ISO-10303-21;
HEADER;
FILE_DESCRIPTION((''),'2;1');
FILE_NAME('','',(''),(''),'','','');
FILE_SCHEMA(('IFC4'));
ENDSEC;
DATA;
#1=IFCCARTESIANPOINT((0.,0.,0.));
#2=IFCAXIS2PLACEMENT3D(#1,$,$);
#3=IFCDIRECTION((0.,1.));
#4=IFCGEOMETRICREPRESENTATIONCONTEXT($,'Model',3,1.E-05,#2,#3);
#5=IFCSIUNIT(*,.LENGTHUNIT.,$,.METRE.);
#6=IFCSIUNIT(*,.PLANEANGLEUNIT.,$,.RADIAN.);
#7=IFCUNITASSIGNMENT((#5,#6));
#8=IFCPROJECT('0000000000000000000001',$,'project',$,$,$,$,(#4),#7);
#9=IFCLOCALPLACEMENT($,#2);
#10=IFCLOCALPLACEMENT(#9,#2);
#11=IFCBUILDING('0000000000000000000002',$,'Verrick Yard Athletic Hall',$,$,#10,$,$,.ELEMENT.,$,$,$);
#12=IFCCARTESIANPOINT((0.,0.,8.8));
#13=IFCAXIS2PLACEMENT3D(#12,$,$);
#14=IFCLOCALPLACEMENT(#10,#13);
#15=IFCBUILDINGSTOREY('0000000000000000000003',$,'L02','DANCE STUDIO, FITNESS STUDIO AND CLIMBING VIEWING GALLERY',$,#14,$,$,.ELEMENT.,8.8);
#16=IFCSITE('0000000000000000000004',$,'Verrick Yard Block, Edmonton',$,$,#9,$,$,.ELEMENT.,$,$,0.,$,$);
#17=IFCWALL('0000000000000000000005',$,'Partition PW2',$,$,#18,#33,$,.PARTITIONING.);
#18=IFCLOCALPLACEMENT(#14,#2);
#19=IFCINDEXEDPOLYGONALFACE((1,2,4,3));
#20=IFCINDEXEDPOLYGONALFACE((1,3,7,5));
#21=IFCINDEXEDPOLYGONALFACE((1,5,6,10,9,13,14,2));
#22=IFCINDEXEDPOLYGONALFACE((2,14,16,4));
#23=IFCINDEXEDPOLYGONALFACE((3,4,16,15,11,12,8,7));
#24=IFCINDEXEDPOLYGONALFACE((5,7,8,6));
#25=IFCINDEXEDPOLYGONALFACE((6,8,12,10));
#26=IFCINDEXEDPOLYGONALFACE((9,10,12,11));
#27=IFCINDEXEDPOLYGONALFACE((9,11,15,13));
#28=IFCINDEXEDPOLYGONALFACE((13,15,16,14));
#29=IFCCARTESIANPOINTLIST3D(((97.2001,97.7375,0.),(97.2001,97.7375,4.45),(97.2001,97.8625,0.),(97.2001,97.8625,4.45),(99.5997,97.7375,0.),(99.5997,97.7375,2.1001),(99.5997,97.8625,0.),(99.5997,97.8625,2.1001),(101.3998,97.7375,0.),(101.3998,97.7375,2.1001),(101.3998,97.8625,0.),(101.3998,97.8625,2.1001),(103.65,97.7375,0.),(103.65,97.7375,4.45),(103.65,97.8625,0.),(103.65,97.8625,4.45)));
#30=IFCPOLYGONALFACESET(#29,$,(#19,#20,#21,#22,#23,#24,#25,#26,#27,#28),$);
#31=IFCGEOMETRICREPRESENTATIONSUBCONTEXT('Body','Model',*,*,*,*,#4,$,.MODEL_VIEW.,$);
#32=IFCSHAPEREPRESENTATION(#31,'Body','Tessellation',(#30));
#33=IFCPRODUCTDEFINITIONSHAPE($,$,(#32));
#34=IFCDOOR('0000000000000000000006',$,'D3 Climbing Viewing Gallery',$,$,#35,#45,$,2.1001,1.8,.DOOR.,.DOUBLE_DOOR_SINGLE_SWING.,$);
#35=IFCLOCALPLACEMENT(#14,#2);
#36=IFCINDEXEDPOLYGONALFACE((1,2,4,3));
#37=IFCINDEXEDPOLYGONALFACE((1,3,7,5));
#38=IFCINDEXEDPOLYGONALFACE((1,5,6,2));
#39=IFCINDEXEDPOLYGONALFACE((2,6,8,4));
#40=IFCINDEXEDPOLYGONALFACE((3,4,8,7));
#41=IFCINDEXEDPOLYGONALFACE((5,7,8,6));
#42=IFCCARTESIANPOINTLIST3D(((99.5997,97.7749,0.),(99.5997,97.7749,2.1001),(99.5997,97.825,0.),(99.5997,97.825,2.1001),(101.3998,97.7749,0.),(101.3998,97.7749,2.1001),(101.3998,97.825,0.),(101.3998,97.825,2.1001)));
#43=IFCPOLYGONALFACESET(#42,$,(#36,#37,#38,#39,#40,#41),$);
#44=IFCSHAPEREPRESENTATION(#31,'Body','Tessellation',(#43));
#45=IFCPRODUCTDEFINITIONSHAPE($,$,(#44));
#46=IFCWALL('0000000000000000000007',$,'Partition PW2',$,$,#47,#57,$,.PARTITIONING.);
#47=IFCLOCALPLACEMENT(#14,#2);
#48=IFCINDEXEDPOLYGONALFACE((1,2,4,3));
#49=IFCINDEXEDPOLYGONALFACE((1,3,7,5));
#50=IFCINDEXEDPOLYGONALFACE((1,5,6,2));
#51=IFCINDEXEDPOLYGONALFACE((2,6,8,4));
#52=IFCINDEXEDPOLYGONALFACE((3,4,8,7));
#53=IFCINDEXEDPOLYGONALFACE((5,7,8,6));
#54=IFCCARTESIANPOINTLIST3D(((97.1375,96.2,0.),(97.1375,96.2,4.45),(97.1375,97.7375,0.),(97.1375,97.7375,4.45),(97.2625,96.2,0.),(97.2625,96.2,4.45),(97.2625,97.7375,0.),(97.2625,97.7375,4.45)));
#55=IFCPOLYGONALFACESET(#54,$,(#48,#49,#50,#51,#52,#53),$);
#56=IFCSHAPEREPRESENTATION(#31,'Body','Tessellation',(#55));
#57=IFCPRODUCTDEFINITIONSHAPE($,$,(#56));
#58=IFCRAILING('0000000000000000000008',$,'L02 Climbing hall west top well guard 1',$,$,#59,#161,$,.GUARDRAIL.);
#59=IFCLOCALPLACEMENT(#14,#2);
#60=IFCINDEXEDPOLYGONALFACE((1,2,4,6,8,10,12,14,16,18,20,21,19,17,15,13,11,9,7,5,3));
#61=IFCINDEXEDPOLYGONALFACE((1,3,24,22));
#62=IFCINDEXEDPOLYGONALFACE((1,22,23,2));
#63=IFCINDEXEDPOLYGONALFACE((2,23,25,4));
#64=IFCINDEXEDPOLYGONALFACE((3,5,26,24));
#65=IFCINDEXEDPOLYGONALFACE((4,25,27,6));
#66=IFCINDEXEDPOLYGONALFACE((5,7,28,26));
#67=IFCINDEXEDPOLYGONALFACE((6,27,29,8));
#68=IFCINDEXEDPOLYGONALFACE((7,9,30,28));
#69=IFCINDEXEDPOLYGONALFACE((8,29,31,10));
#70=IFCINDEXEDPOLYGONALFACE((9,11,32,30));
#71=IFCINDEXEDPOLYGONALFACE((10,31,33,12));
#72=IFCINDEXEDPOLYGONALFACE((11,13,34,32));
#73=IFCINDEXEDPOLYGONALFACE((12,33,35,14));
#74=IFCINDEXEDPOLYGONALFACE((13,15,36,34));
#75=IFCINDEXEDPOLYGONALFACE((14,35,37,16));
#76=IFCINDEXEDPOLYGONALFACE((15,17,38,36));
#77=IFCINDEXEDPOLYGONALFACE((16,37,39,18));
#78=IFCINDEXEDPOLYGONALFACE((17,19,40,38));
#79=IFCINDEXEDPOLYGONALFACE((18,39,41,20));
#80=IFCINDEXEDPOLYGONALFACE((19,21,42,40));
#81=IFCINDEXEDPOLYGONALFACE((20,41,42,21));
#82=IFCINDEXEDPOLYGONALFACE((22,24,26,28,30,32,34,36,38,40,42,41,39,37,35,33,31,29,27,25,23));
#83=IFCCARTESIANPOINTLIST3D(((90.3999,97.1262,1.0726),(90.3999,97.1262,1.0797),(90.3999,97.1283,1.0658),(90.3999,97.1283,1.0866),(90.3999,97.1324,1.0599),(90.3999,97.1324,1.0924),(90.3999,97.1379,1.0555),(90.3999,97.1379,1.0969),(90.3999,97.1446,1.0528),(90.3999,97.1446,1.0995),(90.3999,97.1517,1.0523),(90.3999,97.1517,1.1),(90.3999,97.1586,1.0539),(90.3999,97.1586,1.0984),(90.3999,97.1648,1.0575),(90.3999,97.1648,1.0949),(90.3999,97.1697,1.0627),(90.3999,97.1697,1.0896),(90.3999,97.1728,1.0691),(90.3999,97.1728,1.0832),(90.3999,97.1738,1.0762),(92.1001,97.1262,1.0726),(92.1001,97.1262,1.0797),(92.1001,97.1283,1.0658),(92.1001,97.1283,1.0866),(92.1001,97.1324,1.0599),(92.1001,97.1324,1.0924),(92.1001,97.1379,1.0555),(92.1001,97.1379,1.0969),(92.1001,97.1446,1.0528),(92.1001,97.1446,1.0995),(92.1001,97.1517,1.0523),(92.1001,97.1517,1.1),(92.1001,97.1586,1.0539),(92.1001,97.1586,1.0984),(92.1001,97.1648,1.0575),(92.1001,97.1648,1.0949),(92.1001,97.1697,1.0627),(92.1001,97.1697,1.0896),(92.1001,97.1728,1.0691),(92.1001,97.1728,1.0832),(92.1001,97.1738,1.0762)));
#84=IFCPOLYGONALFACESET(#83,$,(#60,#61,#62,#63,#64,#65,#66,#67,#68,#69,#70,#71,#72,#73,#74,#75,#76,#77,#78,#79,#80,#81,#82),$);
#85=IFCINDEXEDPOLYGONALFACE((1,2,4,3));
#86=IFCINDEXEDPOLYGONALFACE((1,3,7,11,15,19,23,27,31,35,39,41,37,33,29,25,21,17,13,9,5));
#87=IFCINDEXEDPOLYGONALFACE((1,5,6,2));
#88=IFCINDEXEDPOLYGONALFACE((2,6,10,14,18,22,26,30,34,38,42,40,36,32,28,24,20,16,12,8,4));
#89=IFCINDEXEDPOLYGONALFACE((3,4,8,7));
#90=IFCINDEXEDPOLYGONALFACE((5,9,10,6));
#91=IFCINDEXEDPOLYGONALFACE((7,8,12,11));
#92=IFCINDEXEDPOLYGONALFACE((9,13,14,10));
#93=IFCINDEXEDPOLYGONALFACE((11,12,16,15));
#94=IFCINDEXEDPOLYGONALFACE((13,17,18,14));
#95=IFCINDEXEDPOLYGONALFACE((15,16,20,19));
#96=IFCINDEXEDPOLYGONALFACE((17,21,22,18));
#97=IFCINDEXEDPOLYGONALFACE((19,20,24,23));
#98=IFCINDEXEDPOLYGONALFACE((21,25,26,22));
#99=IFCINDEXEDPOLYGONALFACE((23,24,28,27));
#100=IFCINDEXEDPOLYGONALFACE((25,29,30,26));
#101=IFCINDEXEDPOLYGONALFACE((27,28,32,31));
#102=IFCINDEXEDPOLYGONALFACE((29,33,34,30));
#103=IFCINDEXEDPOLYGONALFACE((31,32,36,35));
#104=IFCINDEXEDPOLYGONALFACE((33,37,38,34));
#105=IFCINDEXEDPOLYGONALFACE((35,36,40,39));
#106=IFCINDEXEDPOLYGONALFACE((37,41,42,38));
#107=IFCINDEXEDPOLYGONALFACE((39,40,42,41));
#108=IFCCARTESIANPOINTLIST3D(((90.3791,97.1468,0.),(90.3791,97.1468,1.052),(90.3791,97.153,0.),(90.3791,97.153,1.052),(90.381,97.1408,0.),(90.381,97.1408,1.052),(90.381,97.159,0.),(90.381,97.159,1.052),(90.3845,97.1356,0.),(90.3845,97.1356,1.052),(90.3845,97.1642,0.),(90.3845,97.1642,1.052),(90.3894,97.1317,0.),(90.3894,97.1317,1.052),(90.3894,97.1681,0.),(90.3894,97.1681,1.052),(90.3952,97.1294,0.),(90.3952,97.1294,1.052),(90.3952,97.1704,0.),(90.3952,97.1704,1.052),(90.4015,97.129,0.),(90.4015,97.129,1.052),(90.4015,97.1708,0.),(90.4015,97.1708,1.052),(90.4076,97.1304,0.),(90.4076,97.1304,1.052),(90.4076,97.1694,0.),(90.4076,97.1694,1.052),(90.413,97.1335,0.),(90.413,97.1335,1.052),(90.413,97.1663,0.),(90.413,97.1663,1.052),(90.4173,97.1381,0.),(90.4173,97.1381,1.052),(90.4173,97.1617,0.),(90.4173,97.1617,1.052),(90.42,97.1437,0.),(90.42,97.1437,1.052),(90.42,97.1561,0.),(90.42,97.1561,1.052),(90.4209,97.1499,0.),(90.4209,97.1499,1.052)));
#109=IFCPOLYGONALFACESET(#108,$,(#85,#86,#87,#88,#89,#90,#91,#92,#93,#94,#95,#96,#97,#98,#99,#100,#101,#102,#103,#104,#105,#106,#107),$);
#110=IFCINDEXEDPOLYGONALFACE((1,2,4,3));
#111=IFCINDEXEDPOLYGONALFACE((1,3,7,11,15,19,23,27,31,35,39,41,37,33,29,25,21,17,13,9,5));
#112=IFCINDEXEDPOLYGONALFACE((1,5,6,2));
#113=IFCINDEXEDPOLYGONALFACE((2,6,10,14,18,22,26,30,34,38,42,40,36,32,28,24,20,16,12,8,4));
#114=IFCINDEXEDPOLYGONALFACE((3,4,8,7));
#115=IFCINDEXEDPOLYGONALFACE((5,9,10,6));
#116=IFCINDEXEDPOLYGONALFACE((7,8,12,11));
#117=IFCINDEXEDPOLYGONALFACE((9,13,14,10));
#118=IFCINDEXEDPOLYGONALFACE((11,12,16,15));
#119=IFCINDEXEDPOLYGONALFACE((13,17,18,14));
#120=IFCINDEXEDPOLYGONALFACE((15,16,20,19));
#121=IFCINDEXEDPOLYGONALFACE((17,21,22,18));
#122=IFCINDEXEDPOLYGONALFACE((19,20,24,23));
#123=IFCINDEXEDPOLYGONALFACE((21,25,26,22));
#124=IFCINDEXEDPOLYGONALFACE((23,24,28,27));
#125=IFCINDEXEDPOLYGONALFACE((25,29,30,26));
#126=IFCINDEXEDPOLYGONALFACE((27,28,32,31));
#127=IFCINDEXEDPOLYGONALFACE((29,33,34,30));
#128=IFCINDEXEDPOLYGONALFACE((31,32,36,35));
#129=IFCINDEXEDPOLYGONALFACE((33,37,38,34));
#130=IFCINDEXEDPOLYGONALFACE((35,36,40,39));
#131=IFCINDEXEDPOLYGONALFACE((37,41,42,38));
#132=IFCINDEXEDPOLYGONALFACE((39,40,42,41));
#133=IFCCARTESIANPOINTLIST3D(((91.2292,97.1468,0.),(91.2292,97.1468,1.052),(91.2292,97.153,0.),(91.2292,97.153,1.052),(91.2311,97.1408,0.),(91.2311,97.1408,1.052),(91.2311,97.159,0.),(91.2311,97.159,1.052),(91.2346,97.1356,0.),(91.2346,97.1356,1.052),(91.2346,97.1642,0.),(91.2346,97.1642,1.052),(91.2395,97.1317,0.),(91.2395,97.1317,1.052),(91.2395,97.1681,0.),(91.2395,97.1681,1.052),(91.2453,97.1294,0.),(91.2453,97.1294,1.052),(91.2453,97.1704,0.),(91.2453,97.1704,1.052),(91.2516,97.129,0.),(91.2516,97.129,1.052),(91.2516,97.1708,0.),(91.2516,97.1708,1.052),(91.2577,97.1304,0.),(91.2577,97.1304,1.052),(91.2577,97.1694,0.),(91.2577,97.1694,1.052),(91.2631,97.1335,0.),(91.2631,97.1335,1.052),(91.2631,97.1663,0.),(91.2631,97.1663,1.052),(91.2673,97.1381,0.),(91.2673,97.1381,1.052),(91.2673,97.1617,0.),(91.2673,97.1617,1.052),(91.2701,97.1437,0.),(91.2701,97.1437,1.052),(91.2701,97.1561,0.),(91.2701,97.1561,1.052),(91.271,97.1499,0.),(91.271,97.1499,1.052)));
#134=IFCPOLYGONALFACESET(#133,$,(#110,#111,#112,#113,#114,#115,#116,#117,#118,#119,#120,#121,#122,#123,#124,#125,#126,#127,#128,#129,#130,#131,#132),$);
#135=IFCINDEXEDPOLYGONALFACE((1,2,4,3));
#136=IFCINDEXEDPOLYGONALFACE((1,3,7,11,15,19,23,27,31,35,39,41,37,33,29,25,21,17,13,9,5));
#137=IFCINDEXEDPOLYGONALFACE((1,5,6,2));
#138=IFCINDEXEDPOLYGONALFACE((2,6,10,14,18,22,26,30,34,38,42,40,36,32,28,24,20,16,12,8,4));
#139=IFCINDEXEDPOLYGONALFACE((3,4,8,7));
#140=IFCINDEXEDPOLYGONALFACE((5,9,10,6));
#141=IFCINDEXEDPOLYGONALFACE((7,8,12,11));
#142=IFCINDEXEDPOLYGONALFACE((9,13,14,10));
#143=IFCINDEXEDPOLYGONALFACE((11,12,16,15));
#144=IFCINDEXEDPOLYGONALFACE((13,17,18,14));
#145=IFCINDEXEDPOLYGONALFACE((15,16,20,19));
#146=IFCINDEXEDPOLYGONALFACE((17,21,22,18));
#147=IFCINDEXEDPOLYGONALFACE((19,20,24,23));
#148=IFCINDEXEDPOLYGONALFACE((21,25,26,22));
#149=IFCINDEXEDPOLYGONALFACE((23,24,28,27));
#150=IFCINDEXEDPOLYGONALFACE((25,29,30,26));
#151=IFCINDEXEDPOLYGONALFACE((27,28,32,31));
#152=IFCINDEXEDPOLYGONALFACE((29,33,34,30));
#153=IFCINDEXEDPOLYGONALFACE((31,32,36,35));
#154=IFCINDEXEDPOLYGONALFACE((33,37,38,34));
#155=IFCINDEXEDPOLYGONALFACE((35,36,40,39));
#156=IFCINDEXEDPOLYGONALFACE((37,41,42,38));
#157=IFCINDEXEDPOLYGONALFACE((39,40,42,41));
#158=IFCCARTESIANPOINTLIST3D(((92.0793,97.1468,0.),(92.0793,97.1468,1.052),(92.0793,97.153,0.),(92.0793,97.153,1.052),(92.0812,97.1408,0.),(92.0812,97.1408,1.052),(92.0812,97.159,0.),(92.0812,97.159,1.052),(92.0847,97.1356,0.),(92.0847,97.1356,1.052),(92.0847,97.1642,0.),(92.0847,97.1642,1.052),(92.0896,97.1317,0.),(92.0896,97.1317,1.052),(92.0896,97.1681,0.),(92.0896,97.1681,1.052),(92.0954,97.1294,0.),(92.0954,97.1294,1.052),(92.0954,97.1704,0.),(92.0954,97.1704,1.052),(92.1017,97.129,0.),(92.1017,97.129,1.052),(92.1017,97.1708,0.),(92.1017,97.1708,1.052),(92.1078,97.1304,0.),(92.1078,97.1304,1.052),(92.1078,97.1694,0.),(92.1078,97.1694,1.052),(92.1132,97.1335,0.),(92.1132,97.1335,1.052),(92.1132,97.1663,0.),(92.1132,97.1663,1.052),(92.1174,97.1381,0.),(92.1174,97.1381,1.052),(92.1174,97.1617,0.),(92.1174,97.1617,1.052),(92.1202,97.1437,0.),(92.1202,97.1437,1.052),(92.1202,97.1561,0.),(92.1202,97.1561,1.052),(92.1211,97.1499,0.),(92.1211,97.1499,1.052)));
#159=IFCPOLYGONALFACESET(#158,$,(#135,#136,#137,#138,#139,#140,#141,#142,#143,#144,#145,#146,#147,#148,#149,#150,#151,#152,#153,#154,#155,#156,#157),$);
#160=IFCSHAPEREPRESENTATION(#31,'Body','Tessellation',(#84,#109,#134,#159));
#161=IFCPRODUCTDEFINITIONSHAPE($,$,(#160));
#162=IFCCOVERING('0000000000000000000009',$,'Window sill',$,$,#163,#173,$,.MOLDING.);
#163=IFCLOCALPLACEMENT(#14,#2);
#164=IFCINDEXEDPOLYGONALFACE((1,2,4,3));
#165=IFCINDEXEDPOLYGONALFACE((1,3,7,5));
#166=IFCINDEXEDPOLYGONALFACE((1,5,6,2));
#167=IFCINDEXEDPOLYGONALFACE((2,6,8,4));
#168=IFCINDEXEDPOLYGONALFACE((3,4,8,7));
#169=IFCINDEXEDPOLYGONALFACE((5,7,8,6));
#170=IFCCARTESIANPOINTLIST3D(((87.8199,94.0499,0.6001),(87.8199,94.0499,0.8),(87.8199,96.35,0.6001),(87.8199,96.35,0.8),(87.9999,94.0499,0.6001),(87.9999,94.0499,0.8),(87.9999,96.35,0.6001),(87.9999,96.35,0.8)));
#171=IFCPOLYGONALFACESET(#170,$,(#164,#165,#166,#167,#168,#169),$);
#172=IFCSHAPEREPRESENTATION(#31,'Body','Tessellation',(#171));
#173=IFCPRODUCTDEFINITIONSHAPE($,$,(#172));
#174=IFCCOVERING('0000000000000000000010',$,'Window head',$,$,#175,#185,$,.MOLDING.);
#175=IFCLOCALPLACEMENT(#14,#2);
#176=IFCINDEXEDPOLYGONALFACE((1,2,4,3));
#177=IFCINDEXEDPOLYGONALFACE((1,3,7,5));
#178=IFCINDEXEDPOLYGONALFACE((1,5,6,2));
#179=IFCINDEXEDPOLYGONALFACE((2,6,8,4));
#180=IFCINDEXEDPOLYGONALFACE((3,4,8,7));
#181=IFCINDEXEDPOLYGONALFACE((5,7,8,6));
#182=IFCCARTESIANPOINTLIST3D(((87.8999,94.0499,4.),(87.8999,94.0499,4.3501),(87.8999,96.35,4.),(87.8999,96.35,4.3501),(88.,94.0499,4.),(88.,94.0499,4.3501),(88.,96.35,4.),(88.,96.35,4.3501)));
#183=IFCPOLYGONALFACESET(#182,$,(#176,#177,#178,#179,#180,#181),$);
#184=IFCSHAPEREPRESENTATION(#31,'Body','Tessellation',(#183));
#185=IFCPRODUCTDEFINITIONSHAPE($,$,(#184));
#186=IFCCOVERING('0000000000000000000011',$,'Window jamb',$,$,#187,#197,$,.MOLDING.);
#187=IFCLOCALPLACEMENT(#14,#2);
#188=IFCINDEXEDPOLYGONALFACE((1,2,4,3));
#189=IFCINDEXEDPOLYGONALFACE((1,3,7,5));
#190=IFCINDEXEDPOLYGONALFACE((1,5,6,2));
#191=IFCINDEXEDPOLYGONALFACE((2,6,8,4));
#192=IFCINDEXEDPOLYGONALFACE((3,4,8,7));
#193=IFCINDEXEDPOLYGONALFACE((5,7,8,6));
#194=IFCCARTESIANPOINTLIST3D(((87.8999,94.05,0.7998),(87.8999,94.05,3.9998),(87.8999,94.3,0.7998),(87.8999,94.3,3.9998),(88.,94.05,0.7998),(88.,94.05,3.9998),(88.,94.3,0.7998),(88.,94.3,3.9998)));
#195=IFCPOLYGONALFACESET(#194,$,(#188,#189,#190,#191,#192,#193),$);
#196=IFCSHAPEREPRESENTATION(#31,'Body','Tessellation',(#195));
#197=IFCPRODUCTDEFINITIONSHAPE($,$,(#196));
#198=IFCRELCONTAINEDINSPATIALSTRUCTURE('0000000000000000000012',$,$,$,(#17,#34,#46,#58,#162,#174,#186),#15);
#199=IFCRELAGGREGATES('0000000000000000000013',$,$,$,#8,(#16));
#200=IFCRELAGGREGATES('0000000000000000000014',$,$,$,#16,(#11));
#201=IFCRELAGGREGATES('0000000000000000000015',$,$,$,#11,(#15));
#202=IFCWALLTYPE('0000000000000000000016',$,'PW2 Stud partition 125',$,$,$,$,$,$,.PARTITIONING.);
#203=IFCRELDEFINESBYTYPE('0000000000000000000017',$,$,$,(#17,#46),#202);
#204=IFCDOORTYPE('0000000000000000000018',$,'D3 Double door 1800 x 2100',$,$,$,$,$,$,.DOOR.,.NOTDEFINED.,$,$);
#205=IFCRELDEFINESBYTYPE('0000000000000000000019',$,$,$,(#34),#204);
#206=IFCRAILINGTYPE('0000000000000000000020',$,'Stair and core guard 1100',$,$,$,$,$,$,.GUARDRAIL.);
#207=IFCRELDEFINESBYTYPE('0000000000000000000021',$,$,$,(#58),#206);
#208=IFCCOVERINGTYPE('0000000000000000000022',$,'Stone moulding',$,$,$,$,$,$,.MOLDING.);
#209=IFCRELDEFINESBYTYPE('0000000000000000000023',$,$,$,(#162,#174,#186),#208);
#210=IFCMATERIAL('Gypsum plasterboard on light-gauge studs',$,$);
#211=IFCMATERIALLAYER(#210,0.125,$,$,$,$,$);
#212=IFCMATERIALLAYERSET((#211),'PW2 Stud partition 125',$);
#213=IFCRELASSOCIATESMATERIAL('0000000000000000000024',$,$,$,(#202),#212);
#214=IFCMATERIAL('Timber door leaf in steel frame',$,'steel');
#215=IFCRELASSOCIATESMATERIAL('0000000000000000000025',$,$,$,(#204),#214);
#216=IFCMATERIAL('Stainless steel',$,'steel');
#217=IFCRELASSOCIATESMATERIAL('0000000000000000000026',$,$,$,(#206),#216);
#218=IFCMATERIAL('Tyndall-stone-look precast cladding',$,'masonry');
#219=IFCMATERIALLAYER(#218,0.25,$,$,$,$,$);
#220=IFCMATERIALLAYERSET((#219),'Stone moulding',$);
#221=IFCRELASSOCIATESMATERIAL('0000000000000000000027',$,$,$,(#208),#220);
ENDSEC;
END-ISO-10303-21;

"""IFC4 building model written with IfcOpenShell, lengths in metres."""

from ifc_helpers import new_model, si_unit, direction, frame, frame_2d, origin, origin_2d, place, context, subcontext, project, spatial, rectangle, circle, extrude, material, layer, layer_set, type_object, element, fill, save


model = new_model("IFC4")

# Units and contexts
model_context = context("Model", 3, precision=1e-05, world=origin(), true_north=direction((0.0, 1.0)))
body_context = subcontext(model_context, "Body", "Model", "MODEL_VIEW")
ifc_project = project(units=[si_unit("LENGTHUNIT", "METRE"), si_unit("PLANEANGLEUNIT", "RADIAN")], contexts=[model_context])

# Site, building, storey
site_placement = place(None, origin())
site = spatial("IfcSite", under=ifc_project, at=site_placement, Name="Verrick Yard Block, Edmonton", CompositionType="ELEMENT", RefElevation=0.0)
building_placement = place(site_placement, origin())
building = spatial("IfcBuilding", under=site, at=building_placement, Name="Verrick Yard Athletic Hall", CompositionType="ELEMENT")
storey_placement = place(building_placement, frame((0.0, 0.0, 8.8)))
storey = spatial("IfcBuildingStorey", under=building, at=storey_placement, Name="L02", Description="DANCE STUDIO, FITNESS STUDIO AND CLIMBING VIEWING GALLERY", CompositionType="ELEMENT", Elevation=8.8)

# Wall, opening, door
ifc_material_1 = material(Name="Gypsum plasterboard on light-gauge studs")
ifc_layer_1 = layer(ifc_material_1, 0.125)
ifc_layer_set_1 = layer_set([ifc_layer_1], Name="PW2 Stud partition 125")
wall_type_1 = type_object("IfcWallType", Name="PW2 Stud partition 125", PredefinedType="PARTITIONING", material=ifc_layer_set_1)
wall_1_placement = place(storey_placement, frame((97.2, 97.8, 0.0), z_axis=(0.0, 0.0, 1.0), x_axis=(1.0, 0.0, 0.0)))
wall_1 = element("IfcWall", 1, at=wall_1_placement, inside=storey, type_object=wall_type_1, Name="Partition PW2", PredefinedType="PARTITIONING", context=body_context, shape_type="SweptSolid", body=[
    extrude(rectangle(XDim=6.45, YDim=0.125, at=frame_2d((3.2251, 0.0))), origin(), (0.0, 0.0, 1.0), 4.45),
])
opening_1_placement = place(wall_1_placement, frame((2.3999, 0.0, 0.0)))
opening_1 = element("IfcOpeningElement", 2, at=opening_1_placement, cuts=wall_1, PredefinedType="OPENING", context=body_context, shape_type="SweptSolid", body=[
    extrude(rectangle(XDim=1.8, YDim=2.1001, at=frame_2d((0.8999, 1.05))), frame((0.0, 0.0725, 0.0), z_axis=(0.0, -1.0, 0.0), x_axis=(1.0, 0.0, 0.0)), (0.0, 0.0, 1.0), 0.145),
])
ifc_material_2 = material(Name="Timber door leaf in steel frame", Category="steel")
door_type_1 = type_object("IfcDoorType", Name="D3 Double door 1800 x 2100", OperationType="NOTDEFINED", PredefinedType="DOOR", material=ifc_material_2)
door_1_placement = place(opening_1_placement, origin())
door_1 = element("IfcDoor", 3, at=door_1_placement, inside=storey, type_object=door_type_1, Name="D3 Climbing Viewing Gallery", OperationType="DOUBLE_DOOR_SINGLE_SWING", OverallHeight=2.1001, OverallWidth=1.8, PredefinedType="DOOR", context=body_context, shape_type="SweptSolid", body=[
    extrude(rectangle(XDim=1.8, YDim=2.1001, at=frame_2d((0.8999, 1.05))), frame((0.0, 0.0249, 0.0), z_axis=(0.0, -1.0, 0.0), x_axis=(1.0, 0.0, 0.0)), (0.0, 0.0, 1.0), 0.05),
])
fill(opening_1, door_1)

# Wall
wall_2_placement = place(storey_placement, frame((97.2, 96.2, 0.0), z_axis=(0.0, 0.0, 1.0), x_axis=(0.0, 1.0, 0.0)))
element("IfcWall", 4, at=wall_2_placement, inside=storey, type_object=wall_type_1, Name="Partition PW2", PredefinedType="PARTITIONING", context=body_context, shape_type="SweptSolid", body=[
    extrude(rectangle(XDim=1.5376, YDim=0.125, at=frame_2d((0.7688, 0.0))), origin(), (0.0, 0.0, 1.0), 4.45),
])

# Railing
ifc_material_3 = material(Name="Stainless steel", Category="steel")
railing_type = type_object("IfcRailingType", Name="Stair and core guard 1100", PredefinedType="GUARDRAIL", material=ifc_material_3)
railing_placement = place(storey_placement, frame((90.3999, 97.1499, 0.0)))
element("IfcRailing", 5, at=railing_placement, inside=storey, type_object=railing_type, Name="L02 Climbing hall west top well guard 1", PredefinedType="GUARDRAIL", context=body_context, shape_type="SweptSolid", body=[
    extrude(circle(Radius=0.0239, at=origin_2d()), frame((0.0, 0.0, 1.0762), z_axis=(1.0, 0.0, 0.0), x_axis=(0.0, 1.0, 0.0)), (0.0, 0.0, 1.0), 1.7002),
    extrude(circle(Radius=0.021, at=origin_2d()), origin(), (0.0, 0.0, 1.0), 1.052),
    extrude(circle(Radius=0.021, at=origin_2d()), frame((0.8501, 0.0, 0.0)), (0.0, 0.0, 1.0), 1.052),
    extrude(circle(Radius=0.021, at=origin_2d()), frame((1.7002, 0.0, 0.0)), (0.0, 0.0, 1.0), 1.052),
])

# Coverings
ifc_material_4 = material(Name="Tyndall-stone-look precast cladding", Category="masonry")
ifc_layer_2 = layer(ifc_material_4, 0.25)
ifc_layer_set_2 = layer_set([ifc_layer_2], Name="Stone moulding")
covering_type = type_object("IfcCoveringType", Name="Stone moulding", PredefinedType="MOLDING", material=ifc_layer_set_2)
covering_1_placement = place(storey_placement, frame((87.9099, 95.2, 0.6001), z_axis=(0.0, 0.0, 1.0), x_axis=(0.0, 1.0, 0.0)))
element("IfcCovering", 6, at=covering_1_placement, inside=storey, type_object=covering_type, Name="Window sill", PredefinedType="MOLDING", context=body_context, shape_type="SweptSolid", body=[
    extrude(rectangle(XDim=2.3, YDim=0.1799, at=origin_2d()), origin(), (0.0, 0.0, 1.0), 0.2),
])
covering_2_placement = place(storey_placement, frame((87.95, 95.2, 4.0), z_axis=(0.0, 0.0, 1.0), x_axis=(0.0, 1.0, 0.0)))
element("IfcCovering", 7, at=covering_2_placement, inside=storey, type_object=covering_type, Name="Window head", PredefinedType="MOLDING", context=body_context, shape_type="SweptSolid", body=[
    extrude(rectangle(XDim=2.3, YDim=0.1001, at=origin_2d()), origin(), (0.0, 0.0, 1.0), 0.3501),
])
for number, where, z_axis, x_axis, name in (
    (8, (87.95, 94.175, 0.7998), (0.0, 0.0, 1.0), (0.0, 1.0, 0.0), "Window jamb"),
):
    element("IfcCovering", number, at=place(storey_placement, frame(where, z_axis=z_axis, x_axis=x_axis)), inside=storey, type_object=covering_type, Name=name, PredefinedType="MOLDING", context=body_context, shape_type="SweptSolid", body=[
        extrude(rectangle(XDim=0.25, YDim=0.1001, at=origin_2d()), origin(), (0.0, 0.0, 1.0), 3.2),
    ])

save(model, "model.ifc")
